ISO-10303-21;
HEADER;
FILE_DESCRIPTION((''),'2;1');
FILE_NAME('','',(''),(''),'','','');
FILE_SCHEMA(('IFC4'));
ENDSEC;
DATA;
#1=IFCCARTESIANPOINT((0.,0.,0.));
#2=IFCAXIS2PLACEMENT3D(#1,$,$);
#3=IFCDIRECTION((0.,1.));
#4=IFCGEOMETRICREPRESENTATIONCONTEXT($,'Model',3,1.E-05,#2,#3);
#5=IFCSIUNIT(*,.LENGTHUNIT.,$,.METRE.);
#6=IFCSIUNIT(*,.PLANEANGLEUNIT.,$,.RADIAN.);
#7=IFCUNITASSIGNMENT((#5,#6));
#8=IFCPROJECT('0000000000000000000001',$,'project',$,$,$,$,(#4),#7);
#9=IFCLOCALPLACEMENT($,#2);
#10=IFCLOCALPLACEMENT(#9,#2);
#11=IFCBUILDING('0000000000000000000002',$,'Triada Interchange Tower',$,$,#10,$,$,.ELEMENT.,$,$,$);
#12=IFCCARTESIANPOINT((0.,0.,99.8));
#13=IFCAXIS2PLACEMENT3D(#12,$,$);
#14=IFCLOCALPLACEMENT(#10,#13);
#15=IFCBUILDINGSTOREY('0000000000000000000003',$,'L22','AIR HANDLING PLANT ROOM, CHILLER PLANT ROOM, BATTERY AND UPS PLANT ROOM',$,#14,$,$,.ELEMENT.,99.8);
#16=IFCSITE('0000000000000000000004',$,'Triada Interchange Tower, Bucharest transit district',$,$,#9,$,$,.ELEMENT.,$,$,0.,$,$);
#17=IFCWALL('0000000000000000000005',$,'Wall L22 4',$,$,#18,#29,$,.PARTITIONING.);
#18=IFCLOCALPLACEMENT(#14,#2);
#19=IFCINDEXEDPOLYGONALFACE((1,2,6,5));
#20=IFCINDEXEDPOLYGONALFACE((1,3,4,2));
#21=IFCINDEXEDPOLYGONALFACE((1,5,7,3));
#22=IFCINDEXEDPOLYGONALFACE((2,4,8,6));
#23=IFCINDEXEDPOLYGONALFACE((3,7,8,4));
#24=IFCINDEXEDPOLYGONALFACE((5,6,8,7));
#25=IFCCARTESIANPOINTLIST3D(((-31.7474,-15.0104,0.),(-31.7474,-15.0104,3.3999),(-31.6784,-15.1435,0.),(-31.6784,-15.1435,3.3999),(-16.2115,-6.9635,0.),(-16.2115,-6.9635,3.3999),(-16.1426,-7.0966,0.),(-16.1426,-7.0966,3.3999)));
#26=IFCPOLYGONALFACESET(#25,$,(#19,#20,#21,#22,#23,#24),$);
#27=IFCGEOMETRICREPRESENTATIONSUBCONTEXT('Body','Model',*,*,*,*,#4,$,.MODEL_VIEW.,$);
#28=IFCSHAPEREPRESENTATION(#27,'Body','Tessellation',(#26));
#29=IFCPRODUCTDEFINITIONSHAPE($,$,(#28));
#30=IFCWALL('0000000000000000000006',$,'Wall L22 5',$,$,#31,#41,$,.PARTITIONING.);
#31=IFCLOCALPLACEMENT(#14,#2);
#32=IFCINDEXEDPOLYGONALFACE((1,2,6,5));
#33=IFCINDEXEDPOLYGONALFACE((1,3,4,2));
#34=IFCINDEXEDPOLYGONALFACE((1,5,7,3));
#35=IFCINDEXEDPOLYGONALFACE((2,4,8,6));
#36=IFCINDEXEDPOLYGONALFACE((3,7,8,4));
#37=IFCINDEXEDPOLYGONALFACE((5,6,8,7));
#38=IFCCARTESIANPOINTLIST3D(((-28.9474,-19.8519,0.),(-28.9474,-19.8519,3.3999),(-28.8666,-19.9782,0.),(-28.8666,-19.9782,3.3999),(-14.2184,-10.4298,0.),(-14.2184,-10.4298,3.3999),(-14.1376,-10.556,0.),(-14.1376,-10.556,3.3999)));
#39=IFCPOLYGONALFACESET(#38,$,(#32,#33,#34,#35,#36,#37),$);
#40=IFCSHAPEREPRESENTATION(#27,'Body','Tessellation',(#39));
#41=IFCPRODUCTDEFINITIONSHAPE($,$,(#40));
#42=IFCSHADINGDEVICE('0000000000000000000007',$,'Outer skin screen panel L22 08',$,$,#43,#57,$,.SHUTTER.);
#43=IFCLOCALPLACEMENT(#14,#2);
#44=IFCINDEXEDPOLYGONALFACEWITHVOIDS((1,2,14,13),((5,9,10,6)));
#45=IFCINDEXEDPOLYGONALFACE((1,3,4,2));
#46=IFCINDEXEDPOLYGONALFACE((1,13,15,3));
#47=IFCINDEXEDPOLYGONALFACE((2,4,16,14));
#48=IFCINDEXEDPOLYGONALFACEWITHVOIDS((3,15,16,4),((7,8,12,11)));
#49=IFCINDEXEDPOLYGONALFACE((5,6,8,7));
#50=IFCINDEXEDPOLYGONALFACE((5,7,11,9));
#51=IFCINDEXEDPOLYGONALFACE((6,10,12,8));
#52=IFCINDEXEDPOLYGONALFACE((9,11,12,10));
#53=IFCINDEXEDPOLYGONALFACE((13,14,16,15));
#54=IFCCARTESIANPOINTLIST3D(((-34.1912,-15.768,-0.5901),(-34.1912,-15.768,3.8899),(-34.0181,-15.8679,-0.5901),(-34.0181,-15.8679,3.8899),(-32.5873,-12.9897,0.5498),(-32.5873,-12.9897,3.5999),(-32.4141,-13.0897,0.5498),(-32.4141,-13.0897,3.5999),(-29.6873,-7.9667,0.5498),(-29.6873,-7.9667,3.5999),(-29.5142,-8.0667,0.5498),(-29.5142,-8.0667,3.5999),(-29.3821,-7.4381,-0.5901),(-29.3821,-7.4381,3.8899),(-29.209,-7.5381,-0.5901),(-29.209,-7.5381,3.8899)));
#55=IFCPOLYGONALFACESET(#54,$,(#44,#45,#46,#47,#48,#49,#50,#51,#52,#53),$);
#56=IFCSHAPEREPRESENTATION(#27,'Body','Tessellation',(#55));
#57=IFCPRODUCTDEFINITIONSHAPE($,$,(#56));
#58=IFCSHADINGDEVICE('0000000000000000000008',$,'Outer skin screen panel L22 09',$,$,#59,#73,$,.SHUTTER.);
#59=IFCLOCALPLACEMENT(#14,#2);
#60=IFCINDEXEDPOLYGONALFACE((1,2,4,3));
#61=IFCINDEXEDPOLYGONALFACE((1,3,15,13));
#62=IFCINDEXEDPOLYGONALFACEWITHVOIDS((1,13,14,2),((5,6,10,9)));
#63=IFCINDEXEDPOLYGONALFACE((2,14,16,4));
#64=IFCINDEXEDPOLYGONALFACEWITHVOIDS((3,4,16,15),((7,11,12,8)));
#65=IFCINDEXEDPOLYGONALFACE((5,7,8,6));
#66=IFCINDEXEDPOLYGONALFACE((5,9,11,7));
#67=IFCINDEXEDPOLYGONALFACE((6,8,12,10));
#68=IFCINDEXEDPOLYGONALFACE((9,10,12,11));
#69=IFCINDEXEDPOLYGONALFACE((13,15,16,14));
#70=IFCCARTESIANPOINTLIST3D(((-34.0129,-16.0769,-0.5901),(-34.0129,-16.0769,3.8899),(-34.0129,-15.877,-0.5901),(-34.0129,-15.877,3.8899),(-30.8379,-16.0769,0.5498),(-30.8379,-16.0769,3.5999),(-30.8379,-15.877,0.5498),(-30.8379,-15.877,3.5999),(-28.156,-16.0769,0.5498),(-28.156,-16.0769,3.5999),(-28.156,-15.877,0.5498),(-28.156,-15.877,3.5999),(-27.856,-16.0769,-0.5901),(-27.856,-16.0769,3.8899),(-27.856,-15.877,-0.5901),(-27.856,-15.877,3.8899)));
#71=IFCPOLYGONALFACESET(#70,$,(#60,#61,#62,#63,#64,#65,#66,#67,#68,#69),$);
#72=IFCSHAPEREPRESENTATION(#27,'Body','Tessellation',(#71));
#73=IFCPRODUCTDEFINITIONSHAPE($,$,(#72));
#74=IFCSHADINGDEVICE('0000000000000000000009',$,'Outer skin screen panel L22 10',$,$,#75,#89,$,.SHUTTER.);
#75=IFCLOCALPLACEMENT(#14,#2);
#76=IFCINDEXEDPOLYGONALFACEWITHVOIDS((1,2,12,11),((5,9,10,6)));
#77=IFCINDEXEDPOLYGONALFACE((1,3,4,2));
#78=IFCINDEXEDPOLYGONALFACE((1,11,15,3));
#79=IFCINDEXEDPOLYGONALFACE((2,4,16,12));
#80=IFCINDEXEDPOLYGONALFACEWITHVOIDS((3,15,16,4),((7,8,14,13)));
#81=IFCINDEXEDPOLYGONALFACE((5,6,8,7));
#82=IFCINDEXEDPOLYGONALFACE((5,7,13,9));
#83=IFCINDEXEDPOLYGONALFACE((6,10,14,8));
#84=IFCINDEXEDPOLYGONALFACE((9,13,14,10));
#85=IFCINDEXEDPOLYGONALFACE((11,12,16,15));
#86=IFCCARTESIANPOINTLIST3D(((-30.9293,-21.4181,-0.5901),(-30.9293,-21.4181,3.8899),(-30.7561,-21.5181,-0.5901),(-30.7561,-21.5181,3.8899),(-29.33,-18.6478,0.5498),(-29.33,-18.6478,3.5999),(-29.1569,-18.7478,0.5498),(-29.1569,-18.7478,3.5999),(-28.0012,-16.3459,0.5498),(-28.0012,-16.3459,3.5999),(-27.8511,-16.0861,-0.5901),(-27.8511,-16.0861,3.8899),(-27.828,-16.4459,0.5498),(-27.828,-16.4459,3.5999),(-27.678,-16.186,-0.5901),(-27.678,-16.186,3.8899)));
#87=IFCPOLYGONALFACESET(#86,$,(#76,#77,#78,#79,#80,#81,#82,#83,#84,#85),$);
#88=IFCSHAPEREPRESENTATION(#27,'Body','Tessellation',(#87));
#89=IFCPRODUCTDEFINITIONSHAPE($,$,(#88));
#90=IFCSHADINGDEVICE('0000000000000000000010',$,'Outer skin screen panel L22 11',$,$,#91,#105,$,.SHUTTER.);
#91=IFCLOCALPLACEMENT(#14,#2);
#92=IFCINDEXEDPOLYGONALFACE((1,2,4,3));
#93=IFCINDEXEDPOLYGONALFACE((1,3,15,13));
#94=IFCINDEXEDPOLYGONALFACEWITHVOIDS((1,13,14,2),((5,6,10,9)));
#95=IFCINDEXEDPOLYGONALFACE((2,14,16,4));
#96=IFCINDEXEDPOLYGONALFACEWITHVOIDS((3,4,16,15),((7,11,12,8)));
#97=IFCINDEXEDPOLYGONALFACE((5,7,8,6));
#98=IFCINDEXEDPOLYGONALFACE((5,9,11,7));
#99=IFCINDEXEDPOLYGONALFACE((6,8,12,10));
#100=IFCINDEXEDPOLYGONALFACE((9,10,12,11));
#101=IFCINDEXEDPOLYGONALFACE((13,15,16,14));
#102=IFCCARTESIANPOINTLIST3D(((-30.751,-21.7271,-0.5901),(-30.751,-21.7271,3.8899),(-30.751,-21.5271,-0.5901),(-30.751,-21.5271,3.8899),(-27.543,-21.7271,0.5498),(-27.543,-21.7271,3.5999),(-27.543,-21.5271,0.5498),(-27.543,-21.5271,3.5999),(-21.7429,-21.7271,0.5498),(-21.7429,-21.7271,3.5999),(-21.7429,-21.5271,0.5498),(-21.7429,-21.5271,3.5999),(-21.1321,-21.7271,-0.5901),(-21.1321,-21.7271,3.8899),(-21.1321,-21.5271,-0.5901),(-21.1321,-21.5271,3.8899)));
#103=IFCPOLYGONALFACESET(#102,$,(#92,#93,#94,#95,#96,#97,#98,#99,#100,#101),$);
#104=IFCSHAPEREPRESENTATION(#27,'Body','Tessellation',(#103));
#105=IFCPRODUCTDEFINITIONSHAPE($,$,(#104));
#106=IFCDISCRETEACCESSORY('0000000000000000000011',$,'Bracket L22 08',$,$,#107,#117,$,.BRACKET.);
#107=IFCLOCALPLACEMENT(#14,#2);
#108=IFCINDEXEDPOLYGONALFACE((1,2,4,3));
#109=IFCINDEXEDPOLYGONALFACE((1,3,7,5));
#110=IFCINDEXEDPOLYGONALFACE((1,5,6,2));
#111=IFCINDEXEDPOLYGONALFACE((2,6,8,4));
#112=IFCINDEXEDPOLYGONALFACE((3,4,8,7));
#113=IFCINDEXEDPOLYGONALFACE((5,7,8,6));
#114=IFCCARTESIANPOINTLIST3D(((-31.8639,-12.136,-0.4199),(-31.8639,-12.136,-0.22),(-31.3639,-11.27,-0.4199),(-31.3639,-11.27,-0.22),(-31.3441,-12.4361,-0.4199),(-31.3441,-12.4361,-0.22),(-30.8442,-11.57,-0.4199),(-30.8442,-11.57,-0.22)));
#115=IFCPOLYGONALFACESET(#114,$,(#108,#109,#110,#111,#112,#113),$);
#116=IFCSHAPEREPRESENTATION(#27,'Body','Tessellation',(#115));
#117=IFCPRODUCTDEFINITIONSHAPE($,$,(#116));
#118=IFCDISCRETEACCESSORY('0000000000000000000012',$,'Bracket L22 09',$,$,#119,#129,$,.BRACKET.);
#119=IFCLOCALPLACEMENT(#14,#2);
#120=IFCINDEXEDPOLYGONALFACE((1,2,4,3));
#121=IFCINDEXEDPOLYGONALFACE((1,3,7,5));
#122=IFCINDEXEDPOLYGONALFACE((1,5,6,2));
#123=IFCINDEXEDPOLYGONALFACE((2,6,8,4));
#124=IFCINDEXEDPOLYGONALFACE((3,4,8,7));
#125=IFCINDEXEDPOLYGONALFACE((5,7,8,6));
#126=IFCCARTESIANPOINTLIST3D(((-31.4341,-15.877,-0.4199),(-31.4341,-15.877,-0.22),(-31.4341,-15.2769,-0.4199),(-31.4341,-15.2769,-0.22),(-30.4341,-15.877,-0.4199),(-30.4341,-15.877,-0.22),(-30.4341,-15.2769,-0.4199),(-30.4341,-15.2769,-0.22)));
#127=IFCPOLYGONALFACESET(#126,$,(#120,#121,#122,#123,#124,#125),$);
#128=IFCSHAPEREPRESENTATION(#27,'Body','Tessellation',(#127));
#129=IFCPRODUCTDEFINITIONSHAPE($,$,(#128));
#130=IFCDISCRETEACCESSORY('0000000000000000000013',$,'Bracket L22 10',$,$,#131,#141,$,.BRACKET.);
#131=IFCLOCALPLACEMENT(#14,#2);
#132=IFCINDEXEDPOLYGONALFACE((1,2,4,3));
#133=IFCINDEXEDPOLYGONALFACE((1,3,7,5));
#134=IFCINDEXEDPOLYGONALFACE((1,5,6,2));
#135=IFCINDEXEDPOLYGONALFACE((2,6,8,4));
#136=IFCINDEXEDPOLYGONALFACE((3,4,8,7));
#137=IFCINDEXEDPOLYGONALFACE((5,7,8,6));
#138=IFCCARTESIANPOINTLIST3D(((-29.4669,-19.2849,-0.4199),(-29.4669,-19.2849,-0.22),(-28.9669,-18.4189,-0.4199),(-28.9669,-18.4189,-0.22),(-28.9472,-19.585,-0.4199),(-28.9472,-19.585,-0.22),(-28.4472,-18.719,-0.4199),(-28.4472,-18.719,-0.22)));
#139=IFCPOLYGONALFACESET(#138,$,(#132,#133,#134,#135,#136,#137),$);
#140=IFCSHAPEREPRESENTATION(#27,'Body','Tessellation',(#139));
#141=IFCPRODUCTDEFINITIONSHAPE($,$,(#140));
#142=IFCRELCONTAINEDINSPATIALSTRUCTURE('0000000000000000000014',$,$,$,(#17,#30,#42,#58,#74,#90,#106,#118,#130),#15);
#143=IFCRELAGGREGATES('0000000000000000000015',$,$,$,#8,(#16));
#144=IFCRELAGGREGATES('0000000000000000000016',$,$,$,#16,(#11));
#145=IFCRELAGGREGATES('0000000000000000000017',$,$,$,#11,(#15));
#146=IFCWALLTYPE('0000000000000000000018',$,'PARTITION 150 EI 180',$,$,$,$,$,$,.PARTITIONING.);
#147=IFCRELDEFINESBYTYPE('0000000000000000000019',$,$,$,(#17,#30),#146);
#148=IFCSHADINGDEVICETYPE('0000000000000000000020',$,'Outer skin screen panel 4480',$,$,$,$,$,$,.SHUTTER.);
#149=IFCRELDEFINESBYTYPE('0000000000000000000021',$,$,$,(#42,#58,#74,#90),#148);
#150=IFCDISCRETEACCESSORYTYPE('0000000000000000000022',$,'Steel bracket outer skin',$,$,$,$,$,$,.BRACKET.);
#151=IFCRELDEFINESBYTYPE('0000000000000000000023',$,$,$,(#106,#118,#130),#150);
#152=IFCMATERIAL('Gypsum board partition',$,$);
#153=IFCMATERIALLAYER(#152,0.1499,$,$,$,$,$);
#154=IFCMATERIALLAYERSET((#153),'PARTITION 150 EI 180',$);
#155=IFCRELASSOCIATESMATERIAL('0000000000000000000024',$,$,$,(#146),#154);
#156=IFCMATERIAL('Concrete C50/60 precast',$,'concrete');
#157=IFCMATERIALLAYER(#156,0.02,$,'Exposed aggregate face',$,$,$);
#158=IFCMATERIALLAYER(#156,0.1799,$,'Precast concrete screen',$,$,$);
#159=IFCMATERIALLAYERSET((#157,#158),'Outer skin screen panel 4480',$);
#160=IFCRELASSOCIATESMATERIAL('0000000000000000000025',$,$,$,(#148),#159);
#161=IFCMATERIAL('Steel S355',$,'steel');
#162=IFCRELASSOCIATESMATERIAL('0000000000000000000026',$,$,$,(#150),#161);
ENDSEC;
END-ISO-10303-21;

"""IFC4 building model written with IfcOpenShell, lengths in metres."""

from ifc_helpers import new_model, si_unit, direction, frame, frame_2d, origin, origin_2d, place, context, subcontext, project, spatial, polyline, rectangle, outline, extrude, material, layer, layer_set, type_object, element, save


model = new_model("IFC4")

# Units and contexts
model_context = context("Model", 3, precision=1e-05, world=origin(), true_north=direction((0.0, 1.0)))
body_context = subcontext(model_context, "Body", "Model", "MODEL_VIEW")
ifc_project = project(units=[si_unit("LENGTHUNIT", "METRE"), si_unit("PLANEANGLEUNIT", "RADIAN")], contexts=[model_context])

# Site, building, storey
site_placement = place(None, origin())
site = spatial("IfcSite", under=ifc_project, at=site_placement, Name="Triada Interchange Tower, Bucharest transit district", CompositionType="ELEMENT", RefElevation=0.0)
building_placement = place(site_placement, origin())
building = spatial("IfcBuilding", under=site, at=building_placement, Name="Triada Interchange Tower", CompositionType="ELEMENT")
storey_placement = place(building_placement, frame((0.0, 0.0, 99.8)))
storey = spatial("IfcBuildingStorey", under=building, at=storey_placement, Name="L22", Description="AIR HANDLING PLANT ROOM, CHILLER PLANT ROOM, BATTERY AND UPS PLANT ROOM", CompositionType="ELEMENT", Elevation=99.8)

# Shared definitions
ifc_material_1 = material(Name="Steel S355", Category="steel")

# Walls
ifc_material_2 = material(Name="Gypsum board partition")
ifc_layer_1 = layer(ifc_material_2, 0.1499)
ifc_layer_set_1 = layer_set([ifc_layer_1], Name="PARTITION 150 EI 180")
wall_type_1 = type_object("IfcWallType", Name="PARTITION 150 EI 180", PredefinedType="PARTITIONING", material=ifc_layer_set_1)
wall_1_placement = place(storey_placement, frame((-31.7129, -15.0769, 0.0), z_axis=(0.0, 0.0, 1.0), x_axis=(0.887959, 0.459922, 0.0)))
element("IfcWall", 1, at=wall_1_placement, inside=storey, type_object=wall_type_1, Name="Wall L22 4", PredefinedType="PARTITIONING", context=body_context, shape_type="SweptSolid", body=[
    extrude(rectangle(XDim=17.4961, YDim=0.1499, at=frame_2d((8.748, 0.0))), origin(), (0.0, 0.0, 1.0), 3.3999),
])
wall_2_placement = place(storey_placement, frame((-28.907, -19.915, 0.0), z_axis=(0.0, 0.0, 1.0), x_axis=(0.842387, 0.538873, 0.0)))
element("IfcWall", 2, at=wall_2_placement, inside=storey, type_object=wall_type_1, Name="Wall L22 5", PredefinedType="PARTITIONING", context=body_context, shape_type="SweptSolid", body=[
    extrude(rectangle(XDim=17.4849, YDim=0.1499, at=frame_2d((8.7424, 0.0))), origin(), (0.0, 0.0, 1.0), 3.3999),
])

# Shading devices
ifc_material_3 = material(Name="Concrete C50/60 precast", Category="concrete")
ifc_layer_2 = layer(ifc_material_3, 0.02, Name="Exposed aggregate face")
ifc_layer_3 = layer(ifc_material_3, 0.1799, Name="Precast concrete screen")
ifc_layer_set_2 = layer_set([ifc_layer_2, ifc_layer_3], Name="Outer skin screen panel 4480")
shading_device_type = type_object("IfcShadingDeviceType", Name="Outer skin screen panel 4480", PredefinedType="SHUTTER", material=ifc_layer_set_2)
shading_device_1_placement = place(storey_placement, frame((-29.209, -7.5381, -0.5901), z_axis=(0.0, 0.0, 1.0), x_axis=(-0.499988, -0.866032, 0.0)))
element("IfcShadingDevice", 3, at=shading_device_1_placement, inside=storey, type_object=shading_device_type, Name="Outer skin screen panel L22 08", PredefinedType="SHUTTER", context=body_context, shape_type="SweptSolid", body=[
    extrude(outline(polyline([(0.0, 0.0), (9.6184, 0.0), (9.6184, 4.48), (0.0, 4.48), (0.0, 0.0)]), holes=[polyline([(0.6104, 1.1399), (0.6104, 4.1899), (6.4104, 4.1899), (6.4104, 1.1399), (0.6104, 1.1399)])]), frame((0.0, 0.0, 0.0), z_axis=(0.0, -1.0, 0.0), x_axis=(1.0, 0.0, 0.0)), (0.0, 0.0, 1.0), 0.2),
])
shading_device_2_placement = place(storey_placement, frame((-34.0129, -15.877, -0.5901), z_axis=(0.0, 0.0, 1.0), x_axis=(1.0, 0.0, 0.0)))
element("IfcShadingDevice", 4, at=shading_device_2_placement, inside=storey, type_object=shading_device_type, Name="Outer skin screen panel L22 09", PredefinedType="SHUTTER", context=body_context, shape_type="SweptSolid", body=[
    extrude(outline(polyline([(0.0, 0.0), (6.157, 0.0), (6.157, 4.48), (0.0, 4.48), (0.0, 0.0)]), holes=[polyline([(3.175, 1.1399), (3.175, 4.1899), (5.8569, 4.1899), (5.8569, 1.1399), (3.175, 1.1399)])]), frame((0.0, 0.0, 0.0), z_axis=(0.0, -1.0, 0.0), x_axis=(1.0, 0.0, 0.0)), (0.0, 0.0, 1.0), 0.2),
])
shading_device_3_placement = place(storey_placement, frame((-27.678, -16.186, -0.5901), z_axis=(0.0, 0.0, 1.0), x_axis=(-0.49996, -0.866048, 0.0)))
element("IfcShadingDevice", 5, at=shading_device_3_placement, inside=storey, type_object=shading_device_type, Name="Outer skin screen panel L22 10", PredefinedType="SHUTTER", context=body_context, shape_type="SweptSolid", body=[
    extrude(outline(polyline([(0.0, 0.0), (6.1567, 0.0), (6.1567, 4.48), (0.0, 4.48), (0.0, 0.0)]), holes=[polyline([(0.3, 1.1399), (0.3, 4.1899), (2.958, 4.1899), (2.958, 1.1399), (0.3, 1.1399)])]), frame((0.0, 0.0, 0.0), z_axis=(0.0, -1.0, 0.0), x_axis=(1.0, 0.0, 0.0)), (0.0, 0.0, 1.0), 0.2),
])
shading_device_4_placement = place(storey_placement, frame((-30.751, -21.5271, -0.5901), z_axis=(0.0, 0.0, 1.0), x_axis=(1.0, 0.0, 0.0)))
element("IfcShadingDevice", 6, at=shading_device_4_placement, inside=storey, type_object=shading_device_type, Name="Outer skin screen panel L22 11", PredefinedType="SHUTTER", context=body_context, shape_type="SweptSolid", body=[
    extrude(outline(polyline([(0.0, 0.0), (9.6189, 0.0), (9.6189, 4.48), (0.0, 4.48), (0.0, 0.0)]), holes=[polyline([(3.208, 1.1399), (3.208, 4.1899), (9.0081, 4.1899), (9.0081, 1.1399), (3.208, 1.1399)])]), frame((0.0, 0.0, 0.0), z_axis=(0.0, -1.0, 0.0), x_axis=(1.0, 0.0, 0.0)), (0.0, 0.0, 1.0), 0.2),
])

# Discrete accessories
discrete_accessory_type = type_object("IfcDiscreteAccessoryType", Name="Steel bracket outer skin", PredefinedType="BRACKET", material=ifc_material_1)
for number, where, z_axis, x_axis, name in (
    (7, (-31.354, -11.853, -0.4199), (0.0, 0.0, 1.0), (-0.86603, 0.499993, 0.0), "Bracket L22 08"),
    (8, (-30.9341, -15.5769, -0.4199), (0.0, 0.0, 1.0), (0.0, -1.0, 0.0), "Bracket L22 09"),
    (9, (-28.957, -19.002, -0.4199), (0.0, 0.0, 1.0), (-0.866027, 0.499997, 0.0), "Bracket L22 10"),
):
    element("IfcDiscreteAccessory", number, at=place(storey_placement, frame(where, z_axis=z_axis, x_axis=x_axis)), inside=storey, type_object=discrete_accessory_type, Name=name, PredefinedType="BRACKET", context=body_context, shape_type="SweptSolid", body=[
        extrude(rectangle(XDim=0.6001, YDim=1.0, at=origin_2d()), origin(), (0.0, 0.0, 1.0), 0.2),
    ])

save(model, "model.ifc")
